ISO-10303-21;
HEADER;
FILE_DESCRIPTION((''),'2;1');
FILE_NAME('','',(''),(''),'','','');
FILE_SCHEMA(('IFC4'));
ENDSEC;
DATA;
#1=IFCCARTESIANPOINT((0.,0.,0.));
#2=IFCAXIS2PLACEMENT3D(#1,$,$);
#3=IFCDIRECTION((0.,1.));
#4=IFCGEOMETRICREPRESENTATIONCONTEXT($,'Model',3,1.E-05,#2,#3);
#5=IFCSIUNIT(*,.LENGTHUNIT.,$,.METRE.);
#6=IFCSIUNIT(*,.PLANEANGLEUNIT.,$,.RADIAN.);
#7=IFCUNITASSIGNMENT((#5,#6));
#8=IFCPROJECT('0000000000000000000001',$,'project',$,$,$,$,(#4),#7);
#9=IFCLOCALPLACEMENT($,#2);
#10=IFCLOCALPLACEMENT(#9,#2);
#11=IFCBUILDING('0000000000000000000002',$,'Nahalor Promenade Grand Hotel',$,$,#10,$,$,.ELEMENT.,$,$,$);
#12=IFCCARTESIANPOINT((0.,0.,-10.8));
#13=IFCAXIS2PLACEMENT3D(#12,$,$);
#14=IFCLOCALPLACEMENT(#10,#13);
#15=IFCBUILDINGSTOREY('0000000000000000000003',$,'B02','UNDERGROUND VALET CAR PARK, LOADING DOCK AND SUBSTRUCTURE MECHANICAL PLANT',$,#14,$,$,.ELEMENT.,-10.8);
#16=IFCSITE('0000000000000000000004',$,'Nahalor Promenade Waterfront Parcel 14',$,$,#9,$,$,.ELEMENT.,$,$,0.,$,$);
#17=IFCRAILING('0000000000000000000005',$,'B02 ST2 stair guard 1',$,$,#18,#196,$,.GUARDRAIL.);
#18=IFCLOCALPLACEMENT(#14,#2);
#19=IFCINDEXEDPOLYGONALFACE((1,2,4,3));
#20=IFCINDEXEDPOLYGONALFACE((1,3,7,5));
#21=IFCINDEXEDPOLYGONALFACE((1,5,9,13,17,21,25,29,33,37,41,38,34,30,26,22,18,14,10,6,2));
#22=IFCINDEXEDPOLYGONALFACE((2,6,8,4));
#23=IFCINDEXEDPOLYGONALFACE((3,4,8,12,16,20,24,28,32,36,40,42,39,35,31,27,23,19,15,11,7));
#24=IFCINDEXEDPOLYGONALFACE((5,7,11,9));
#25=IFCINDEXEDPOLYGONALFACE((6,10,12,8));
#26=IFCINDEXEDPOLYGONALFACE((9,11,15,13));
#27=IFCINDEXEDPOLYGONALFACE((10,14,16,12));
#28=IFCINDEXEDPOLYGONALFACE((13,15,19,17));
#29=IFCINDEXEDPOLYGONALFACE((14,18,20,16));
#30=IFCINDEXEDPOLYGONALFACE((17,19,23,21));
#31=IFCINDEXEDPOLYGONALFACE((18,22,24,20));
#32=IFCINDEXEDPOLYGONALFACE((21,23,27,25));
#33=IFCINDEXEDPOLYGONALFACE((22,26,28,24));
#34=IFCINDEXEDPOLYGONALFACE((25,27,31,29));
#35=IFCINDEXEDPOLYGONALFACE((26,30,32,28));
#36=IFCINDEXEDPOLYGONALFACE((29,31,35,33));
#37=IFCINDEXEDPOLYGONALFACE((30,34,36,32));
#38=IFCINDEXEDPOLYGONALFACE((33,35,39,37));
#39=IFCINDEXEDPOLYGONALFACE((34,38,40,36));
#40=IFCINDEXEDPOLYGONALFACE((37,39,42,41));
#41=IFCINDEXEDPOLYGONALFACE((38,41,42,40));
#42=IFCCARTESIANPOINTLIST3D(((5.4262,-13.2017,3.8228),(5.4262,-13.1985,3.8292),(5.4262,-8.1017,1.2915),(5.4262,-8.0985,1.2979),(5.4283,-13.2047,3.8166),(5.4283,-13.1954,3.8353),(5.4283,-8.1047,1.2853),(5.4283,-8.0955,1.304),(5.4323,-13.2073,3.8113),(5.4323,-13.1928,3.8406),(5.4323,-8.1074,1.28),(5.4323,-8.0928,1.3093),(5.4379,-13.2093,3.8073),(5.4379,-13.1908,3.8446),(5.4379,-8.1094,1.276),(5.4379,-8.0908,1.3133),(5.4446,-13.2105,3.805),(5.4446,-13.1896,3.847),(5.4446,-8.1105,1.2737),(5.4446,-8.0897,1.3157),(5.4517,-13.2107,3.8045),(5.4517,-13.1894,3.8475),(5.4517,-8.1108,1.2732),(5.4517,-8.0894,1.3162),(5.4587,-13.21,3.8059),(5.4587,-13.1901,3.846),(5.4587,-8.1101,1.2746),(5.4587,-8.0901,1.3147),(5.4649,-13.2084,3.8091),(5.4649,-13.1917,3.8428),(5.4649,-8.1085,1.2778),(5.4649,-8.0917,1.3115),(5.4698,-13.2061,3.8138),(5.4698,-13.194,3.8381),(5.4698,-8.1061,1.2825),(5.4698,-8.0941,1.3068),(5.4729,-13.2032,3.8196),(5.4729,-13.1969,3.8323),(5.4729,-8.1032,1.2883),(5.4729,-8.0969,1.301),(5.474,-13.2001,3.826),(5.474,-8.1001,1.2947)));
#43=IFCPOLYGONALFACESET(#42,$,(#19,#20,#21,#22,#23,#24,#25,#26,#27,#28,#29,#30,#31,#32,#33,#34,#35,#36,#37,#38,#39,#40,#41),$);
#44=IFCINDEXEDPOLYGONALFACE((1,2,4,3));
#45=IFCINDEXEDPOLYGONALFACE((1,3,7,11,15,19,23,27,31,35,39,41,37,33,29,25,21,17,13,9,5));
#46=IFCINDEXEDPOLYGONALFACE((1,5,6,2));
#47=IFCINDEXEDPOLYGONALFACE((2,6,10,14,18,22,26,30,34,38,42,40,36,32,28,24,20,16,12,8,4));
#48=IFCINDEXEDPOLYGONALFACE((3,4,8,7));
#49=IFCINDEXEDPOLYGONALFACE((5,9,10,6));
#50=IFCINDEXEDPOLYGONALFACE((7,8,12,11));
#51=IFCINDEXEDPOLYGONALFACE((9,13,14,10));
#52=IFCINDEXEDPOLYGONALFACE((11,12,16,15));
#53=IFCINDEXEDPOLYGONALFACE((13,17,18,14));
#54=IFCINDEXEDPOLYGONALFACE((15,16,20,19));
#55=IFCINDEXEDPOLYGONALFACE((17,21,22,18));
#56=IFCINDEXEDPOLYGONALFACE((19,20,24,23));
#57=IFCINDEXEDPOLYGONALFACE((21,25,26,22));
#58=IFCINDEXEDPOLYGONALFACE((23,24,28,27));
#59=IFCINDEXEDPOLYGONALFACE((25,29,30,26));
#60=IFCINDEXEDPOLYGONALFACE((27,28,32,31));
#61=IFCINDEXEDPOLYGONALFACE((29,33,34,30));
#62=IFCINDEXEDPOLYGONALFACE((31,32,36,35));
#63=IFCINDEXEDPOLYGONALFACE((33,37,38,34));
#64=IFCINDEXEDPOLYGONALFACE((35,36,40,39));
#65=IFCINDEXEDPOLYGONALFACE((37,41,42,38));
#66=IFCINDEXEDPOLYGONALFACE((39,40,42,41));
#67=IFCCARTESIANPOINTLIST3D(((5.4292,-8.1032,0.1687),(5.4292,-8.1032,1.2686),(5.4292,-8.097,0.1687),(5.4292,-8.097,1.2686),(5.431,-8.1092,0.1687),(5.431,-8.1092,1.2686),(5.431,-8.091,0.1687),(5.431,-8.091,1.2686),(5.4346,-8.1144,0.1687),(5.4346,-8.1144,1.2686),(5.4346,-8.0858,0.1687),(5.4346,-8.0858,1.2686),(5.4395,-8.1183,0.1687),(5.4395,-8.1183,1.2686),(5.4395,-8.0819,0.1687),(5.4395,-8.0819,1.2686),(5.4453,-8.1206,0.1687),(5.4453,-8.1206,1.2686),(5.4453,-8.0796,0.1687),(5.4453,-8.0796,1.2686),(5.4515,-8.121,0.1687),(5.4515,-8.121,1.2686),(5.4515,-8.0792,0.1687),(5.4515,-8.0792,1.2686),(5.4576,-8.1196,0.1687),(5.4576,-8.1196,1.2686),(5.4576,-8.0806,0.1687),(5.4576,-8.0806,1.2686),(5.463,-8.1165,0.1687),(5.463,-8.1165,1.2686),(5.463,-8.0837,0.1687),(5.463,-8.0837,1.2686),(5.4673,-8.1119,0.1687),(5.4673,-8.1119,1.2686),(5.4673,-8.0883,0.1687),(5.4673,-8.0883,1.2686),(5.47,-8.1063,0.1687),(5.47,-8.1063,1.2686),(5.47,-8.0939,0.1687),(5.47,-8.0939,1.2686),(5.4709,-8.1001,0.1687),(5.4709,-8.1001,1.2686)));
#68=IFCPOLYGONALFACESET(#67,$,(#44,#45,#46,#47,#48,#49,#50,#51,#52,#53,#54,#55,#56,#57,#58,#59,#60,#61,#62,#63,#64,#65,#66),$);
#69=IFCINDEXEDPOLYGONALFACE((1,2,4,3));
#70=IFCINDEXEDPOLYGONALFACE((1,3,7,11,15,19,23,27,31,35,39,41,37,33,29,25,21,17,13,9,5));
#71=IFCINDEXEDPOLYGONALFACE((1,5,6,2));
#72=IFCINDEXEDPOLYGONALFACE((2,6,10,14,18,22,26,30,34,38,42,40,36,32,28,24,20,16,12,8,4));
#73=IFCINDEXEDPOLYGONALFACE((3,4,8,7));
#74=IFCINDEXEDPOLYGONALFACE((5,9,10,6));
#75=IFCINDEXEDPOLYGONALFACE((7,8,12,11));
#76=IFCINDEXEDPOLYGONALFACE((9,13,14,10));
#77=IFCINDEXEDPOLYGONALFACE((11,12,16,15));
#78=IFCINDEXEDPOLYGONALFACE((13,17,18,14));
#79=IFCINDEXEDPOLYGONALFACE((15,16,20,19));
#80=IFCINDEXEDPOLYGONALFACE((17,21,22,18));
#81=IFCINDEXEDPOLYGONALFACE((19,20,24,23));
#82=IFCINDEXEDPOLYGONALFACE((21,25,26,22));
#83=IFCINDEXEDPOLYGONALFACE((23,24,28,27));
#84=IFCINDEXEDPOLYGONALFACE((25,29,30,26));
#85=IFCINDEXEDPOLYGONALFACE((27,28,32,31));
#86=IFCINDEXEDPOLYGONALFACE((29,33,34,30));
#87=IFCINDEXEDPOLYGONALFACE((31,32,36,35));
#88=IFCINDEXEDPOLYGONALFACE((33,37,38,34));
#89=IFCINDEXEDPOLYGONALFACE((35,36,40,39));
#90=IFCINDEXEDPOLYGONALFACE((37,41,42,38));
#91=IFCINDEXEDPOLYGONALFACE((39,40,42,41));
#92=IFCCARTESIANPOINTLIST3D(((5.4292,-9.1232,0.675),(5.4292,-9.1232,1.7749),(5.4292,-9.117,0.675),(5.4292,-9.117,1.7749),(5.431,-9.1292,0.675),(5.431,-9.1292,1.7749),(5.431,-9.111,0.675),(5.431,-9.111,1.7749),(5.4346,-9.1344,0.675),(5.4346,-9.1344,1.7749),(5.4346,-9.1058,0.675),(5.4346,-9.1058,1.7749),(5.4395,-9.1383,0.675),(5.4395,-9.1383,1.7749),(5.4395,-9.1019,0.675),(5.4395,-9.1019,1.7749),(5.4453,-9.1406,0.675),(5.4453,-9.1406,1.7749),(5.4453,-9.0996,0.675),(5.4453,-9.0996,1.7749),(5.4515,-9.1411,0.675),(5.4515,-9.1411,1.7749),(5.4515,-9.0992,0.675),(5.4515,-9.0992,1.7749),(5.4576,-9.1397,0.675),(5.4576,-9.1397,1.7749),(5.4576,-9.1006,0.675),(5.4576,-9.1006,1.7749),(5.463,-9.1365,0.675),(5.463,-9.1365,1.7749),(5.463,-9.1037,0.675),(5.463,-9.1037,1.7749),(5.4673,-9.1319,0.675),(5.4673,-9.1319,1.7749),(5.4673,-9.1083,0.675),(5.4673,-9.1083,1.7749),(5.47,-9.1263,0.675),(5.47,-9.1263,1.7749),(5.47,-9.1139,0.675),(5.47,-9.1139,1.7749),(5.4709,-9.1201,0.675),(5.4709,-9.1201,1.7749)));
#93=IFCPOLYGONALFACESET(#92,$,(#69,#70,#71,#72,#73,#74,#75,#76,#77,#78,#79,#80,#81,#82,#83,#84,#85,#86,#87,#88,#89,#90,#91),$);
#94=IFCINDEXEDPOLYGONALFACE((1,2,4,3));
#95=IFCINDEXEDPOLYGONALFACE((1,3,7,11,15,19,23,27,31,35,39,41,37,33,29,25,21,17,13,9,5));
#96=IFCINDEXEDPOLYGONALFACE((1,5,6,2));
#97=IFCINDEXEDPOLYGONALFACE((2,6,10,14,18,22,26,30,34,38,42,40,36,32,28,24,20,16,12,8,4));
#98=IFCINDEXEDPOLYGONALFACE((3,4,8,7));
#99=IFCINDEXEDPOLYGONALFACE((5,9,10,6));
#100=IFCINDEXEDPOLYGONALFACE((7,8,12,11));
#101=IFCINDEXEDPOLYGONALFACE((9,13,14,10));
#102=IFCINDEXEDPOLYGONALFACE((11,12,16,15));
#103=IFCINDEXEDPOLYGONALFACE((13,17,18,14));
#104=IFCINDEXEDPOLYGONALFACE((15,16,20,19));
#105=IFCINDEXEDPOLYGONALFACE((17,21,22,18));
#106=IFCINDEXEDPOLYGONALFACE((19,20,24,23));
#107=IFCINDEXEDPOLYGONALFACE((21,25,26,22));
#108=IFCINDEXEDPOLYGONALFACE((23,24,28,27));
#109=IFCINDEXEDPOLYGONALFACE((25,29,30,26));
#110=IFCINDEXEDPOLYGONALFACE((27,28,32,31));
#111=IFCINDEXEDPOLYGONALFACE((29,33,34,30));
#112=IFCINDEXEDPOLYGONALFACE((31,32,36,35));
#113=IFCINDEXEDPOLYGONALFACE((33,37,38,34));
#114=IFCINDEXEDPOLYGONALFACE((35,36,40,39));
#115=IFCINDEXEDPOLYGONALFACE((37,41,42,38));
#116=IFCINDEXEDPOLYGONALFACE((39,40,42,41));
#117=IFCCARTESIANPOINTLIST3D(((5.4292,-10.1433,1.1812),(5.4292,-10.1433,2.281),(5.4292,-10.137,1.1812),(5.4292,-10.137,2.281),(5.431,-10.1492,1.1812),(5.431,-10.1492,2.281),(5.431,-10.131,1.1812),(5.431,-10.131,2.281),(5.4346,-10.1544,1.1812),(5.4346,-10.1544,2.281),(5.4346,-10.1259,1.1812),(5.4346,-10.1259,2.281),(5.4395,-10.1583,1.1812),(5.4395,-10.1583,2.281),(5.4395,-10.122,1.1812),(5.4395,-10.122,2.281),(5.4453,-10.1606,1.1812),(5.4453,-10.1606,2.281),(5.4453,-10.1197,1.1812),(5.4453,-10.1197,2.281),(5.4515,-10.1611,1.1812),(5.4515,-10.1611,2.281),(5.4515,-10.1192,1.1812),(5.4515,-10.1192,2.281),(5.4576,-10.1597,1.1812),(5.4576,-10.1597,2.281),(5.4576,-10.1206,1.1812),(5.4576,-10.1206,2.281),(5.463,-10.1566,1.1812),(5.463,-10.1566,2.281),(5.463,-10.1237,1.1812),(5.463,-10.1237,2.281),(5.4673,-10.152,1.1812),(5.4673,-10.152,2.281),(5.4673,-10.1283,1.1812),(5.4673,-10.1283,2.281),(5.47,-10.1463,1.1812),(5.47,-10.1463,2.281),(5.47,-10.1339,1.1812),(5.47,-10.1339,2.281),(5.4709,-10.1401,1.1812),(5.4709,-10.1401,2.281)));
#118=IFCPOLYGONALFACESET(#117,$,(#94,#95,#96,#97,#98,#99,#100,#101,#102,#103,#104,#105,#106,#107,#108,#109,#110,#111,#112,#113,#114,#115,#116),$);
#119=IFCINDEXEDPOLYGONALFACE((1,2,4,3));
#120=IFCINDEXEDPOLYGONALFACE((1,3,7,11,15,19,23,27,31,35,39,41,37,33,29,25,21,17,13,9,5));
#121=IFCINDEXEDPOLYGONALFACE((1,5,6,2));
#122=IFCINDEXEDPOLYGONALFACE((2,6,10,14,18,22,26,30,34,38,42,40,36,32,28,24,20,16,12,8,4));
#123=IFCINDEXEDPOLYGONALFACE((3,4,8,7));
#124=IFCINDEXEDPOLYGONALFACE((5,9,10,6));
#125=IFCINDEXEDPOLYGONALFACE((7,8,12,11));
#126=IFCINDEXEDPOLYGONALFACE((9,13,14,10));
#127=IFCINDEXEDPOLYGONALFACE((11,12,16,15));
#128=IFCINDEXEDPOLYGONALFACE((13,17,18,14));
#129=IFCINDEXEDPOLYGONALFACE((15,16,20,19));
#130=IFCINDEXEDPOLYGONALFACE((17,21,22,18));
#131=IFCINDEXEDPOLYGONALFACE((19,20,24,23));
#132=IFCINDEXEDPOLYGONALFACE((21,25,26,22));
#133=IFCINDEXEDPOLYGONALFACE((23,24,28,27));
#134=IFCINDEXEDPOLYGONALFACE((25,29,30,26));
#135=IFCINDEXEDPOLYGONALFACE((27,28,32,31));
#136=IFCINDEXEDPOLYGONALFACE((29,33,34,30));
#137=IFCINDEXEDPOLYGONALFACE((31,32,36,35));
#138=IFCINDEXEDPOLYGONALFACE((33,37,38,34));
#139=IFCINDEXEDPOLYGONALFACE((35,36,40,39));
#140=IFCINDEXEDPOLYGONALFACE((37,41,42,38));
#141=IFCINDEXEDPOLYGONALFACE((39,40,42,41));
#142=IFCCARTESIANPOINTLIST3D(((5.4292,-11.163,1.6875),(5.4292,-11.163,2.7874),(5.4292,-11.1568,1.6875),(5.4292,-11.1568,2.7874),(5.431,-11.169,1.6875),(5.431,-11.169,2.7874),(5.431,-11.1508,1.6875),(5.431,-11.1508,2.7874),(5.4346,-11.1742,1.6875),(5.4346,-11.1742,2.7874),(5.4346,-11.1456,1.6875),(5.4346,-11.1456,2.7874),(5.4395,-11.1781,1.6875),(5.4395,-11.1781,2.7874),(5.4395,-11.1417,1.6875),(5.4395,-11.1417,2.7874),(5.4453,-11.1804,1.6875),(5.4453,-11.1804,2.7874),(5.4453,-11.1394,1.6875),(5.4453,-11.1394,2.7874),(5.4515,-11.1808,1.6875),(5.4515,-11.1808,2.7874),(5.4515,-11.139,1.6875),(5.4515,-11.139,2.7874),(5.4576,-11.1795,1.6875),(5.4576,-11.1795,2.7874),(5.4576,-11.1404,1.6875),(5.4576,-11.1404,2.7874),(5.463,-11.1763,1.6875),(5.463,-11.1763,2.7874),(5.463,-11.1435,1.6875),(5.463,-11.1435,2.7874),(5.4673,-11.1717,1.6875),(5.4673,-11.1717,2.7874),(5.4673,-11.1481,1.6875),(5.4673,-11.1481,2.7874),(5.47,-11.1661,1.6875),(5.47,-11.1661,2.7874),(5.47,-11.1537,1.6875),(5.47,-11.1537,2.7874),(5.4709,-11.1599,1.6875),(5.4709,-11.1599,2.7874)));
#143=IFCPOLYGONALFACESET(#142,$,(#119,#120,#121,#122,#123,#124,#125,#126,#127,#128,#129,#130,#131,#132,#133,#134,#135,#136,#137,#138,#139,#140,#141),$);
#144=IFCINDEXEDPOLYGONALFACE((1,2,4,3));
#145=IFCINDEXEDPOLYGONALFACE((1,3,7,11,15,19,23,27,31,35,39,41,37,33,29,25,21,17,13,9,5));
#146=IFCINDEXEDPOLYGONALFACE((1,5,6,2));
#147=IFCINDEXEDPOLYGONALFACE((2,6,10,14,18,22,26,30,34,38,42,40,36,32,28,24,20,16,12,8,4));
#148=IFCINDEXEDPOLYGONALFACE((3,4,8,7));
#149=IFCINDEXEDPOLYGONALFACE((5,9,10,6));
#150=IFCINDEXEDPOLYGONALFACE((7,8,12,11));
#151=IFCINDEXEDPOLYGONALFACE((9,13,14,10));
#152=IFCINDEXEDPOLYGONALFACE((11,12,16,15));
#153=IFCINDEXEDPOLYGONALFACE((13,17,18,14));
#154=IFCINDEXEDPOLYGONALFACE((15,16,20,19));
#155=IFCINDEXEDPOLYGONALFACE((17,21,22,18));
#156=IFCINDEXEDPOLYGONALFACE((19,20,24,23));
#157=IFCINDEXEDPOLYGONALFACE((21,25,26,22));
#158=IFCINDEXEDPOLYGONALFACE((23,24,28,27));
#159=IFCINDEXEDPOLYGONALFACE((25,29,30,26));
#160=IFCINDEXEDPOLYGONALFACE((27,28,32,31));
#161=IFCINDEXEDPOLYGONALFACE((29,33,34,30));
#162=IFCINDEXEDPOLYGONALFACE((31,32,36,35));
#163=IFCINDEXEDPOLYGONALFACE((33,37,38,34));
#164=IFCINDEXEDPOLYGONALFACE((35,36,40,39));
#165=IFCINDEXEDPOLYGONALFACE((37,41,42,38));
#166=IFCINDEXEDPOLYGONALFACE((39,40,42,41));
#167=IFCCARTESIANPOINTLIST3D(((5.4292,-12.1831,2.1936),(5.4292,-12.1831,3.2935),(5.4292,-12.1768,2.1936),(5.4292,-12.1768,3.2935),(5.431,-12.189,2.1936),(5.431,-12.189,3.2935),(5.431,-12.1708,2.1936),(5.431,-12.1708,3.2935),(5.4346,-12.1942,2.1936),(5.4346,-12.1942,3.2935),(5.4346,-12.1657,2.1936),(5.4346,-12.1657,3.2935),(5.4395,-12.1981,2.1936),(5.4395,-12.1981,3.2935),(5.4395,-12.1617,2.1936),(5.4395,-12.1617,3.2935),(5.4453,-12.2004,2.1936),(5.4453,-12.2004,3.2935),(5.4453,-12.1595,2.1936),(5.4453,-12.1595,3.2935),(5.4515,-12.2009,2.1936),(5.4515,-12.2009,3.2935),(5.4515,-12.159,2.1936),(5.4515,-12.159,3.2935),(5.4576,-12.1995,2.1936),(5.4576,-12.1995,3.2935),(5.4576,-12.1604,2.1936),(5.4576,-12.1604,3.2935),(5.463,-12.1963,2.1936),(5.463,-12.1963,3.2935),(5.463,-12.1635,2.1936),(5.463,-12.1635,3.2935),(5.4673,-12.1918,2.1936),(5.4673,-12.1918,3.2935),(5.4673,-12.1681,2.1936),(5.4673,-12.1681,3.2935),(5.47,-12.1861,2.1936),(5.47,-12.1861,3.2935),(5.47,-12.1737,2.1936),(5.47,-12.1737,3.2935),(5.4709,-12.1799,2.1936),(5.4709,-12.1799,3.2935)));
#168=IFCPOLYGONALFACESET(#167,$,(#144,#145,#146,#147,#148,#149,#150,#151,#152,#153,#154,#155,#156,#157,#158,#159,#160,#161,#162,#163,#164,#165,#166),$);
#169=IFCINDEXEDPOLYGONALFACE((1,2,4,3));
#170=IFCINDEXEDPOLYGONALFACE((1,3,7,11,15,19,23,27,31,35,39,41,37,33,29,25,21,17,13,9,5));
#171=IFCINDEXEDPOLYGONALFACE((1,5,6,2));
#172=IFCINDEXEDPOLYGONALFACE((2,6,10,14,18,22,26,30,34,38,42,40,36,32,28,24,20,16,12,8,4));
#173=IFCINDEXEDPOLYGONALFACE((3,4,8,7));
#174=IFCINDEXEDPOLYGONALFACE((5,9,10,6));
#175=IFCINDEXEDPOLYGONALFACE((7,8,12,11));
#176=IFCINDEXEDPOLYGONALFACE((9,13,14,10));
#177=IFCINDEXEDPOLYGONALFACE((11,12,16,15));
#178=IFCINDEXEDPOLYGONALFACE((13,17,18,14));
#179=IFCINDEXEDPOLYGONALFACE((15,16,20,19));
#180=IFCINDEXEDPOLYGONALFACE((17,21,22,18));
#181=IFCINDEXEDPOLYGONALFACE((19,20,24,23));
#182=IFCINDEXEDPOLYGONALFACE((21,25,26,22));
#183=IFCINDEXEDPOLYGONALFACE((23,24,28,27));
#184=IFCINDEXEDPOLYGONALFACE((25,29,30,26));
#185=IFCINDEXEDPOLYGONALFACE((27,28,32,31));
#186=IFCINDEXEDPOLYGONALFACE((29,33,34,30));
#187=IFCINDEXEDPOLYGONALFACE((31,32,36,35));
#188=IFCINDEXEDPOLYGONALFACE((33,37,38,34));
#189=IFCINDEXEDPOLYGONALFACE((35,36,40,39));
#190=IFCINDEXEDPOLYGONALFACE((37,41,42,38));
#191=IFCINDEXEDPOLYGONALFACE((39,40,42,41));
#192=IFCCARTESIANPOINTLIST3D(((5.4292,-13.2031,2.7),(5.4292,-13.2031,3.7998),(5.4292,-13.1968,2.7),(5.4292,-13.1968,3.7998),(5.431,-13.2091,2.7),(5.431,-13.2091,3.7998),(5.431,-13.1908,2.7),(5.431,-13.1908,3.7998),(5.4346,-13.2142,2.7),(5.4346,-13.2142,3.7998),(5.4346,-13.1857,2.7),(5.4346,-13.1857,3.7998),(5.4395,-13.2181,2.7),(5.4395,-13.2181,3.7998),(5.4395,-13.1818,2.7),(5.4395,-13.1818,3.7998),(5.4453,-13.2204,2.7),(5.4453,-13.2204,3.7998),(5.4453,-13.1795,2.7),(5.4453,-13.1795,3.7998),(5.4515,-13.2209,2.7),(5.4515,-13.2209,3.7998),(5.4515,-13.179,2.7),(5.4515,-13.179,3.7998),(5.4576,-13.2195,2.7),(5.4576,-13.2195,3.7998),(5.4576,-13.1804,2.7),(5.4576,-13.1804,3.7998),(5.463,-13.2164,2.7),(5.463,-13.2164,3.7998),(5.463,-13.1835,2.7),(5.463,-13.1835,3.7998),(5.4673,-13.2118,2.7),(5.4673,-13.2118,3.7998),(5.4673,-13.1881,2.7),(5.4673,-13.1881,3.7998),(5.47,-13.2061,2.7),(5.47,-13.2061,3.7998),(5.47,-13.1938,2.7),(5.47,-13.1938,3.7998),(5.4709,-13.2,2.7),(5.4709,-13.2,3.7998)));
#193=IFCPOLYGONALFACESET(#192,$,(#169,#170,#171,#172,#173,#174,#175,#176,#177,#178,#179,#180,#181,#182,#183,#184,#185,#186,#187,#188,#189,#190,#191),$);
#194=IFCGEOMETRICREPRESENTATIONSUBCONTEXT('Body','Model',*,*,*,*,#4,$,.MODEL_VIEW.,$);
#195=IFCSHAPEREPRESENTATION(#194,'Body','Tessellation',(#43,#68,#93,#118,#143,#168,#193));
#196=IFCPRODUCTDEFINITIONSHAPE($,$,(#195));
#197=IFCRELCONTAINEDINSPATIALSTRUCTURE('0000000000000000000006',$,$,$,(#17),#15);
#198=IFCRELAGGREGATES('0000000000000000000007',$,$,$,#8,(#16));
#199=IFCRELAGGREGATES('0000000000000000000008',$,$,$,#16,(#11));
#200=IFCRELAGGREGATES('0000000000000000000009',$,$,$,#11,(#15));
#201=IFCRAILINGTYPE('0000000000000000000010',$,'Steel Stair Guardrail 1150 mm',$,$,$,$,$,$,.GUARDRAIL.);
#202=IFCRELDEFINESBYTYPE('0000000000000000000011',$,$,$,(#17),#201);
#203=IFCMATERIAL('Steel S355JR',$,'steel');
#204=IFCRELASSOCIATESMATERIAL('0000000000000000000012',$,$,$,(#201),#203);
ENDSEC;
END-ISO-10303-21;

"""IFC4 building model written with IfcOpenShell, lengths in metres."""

from ifc_helpers import new_model, si_unit, direction, frame, origin, origin_2d, place, context, subcontext, project, spatial, circle, extrude, material, type_object, element, save


model = new_model("IFC4")

# Units and contexts
model_context = context("Model", 3, precision=1e-05, world=origin(), true_north=direction((0.0, 1.0)))
body_context = subcontext(model_context, "Body", "Model", "MODEL_VIEW")
ifc_project = project(units=[si_unit("LENGTHUNIT", "METRE"), si_unit("PLANEANGLEUNIT", "RADIAN")], contexts=[model_context])

# Site, building, storey
site_placement = place(None, origin())
site = spatial("IfcSite", under=ifc_project, at=site_placement, Name="Nahalor Promenade Waterfront Parcel 14", CompositionType="ELEMENT", RefElevation=0.0)
building_placement = place(site_placement, origin())
building = spatial("IfcBuilding", under=site, at=building_placement, Name="Nahalor Promenade Grand Hotel", CompositionType="ELEMENT")
storey_placement = place(building_placement, frame((0.0, 0.0, -10.8)))
storey = spatial("IfcBuildingStorey", under=building, at=storey_placement, Name="B02", Description="UNDERGROUND VALET CAR PARK, LOADING DOCK AND SUBSTRUCTURE MECHANICAL PLANT", CompositionType="ELEMENT", Elevation=-10.8)

# Shared definitions
ifc_material_1 = material(Name="Steel S355JR", Category="steel")

# Railing
railing_type_1 = type_object("IfcRailingType", Name="Steel Stair Guardrail 1150 mm", PredefinedType="GUARDRAIL", material=ifc_material_1)
railing_1_placement = place(storey_placement, frame((5.45, -8.1001, 0.1687)))
element("IfcRailing", 1, at=railing_1_placement, inside=storey, type_object=railing_type_1, Name="B02 ST2 stair guard 1", PredefinedType="GUARDRAIL", context=body_context, shape_type="SweptSolid", body=[
    extrude(circle(Radius=0.024, at=origin_2d()), frame((0.0, 0.0, 1.126), z_axis=(0.0, -0.895735, 0.444587), x_axis=(1.0, 0.0, 0.0)), (0.0, 0.0, 1.0), 5.6936),
    extrude(circle(Radius=0.021, at=origin_2d()), origin(), (0.0, 0.0, 1.0), 1.0999),
    extrude(circle(Radius=0.021, at=origin_2d()), frame((0.0, -1.02, 0.5063)), (0.0, 0.0, 1.0), 1.0999),
    extrude(circle(Radius=0.021, at=origin_2d()), frame((0.0, -2.04, 1.0125)), (0.0, 0.0, 1.0), 1.0999),
    extrude(circle(Radius=0.021, at=origin_2d()), frame((0.0, -3.0598, 1.5188)), (0.0, 0.0, 1.0), 1.0999),
    extrude(circle(Radius=0.021, at=origin_2d()), frame((0.0, -4.0798, 2.0249)), (0.0, 0.0, 1.0), 1.0999),
    extrude(circle(Radius=0.021, at=origin_2d()), frame((0.0, -5.0999, 2.5312)), (0.0, 0.0, 1.0), 1.0999),
])

save(model, "model.ifc")
